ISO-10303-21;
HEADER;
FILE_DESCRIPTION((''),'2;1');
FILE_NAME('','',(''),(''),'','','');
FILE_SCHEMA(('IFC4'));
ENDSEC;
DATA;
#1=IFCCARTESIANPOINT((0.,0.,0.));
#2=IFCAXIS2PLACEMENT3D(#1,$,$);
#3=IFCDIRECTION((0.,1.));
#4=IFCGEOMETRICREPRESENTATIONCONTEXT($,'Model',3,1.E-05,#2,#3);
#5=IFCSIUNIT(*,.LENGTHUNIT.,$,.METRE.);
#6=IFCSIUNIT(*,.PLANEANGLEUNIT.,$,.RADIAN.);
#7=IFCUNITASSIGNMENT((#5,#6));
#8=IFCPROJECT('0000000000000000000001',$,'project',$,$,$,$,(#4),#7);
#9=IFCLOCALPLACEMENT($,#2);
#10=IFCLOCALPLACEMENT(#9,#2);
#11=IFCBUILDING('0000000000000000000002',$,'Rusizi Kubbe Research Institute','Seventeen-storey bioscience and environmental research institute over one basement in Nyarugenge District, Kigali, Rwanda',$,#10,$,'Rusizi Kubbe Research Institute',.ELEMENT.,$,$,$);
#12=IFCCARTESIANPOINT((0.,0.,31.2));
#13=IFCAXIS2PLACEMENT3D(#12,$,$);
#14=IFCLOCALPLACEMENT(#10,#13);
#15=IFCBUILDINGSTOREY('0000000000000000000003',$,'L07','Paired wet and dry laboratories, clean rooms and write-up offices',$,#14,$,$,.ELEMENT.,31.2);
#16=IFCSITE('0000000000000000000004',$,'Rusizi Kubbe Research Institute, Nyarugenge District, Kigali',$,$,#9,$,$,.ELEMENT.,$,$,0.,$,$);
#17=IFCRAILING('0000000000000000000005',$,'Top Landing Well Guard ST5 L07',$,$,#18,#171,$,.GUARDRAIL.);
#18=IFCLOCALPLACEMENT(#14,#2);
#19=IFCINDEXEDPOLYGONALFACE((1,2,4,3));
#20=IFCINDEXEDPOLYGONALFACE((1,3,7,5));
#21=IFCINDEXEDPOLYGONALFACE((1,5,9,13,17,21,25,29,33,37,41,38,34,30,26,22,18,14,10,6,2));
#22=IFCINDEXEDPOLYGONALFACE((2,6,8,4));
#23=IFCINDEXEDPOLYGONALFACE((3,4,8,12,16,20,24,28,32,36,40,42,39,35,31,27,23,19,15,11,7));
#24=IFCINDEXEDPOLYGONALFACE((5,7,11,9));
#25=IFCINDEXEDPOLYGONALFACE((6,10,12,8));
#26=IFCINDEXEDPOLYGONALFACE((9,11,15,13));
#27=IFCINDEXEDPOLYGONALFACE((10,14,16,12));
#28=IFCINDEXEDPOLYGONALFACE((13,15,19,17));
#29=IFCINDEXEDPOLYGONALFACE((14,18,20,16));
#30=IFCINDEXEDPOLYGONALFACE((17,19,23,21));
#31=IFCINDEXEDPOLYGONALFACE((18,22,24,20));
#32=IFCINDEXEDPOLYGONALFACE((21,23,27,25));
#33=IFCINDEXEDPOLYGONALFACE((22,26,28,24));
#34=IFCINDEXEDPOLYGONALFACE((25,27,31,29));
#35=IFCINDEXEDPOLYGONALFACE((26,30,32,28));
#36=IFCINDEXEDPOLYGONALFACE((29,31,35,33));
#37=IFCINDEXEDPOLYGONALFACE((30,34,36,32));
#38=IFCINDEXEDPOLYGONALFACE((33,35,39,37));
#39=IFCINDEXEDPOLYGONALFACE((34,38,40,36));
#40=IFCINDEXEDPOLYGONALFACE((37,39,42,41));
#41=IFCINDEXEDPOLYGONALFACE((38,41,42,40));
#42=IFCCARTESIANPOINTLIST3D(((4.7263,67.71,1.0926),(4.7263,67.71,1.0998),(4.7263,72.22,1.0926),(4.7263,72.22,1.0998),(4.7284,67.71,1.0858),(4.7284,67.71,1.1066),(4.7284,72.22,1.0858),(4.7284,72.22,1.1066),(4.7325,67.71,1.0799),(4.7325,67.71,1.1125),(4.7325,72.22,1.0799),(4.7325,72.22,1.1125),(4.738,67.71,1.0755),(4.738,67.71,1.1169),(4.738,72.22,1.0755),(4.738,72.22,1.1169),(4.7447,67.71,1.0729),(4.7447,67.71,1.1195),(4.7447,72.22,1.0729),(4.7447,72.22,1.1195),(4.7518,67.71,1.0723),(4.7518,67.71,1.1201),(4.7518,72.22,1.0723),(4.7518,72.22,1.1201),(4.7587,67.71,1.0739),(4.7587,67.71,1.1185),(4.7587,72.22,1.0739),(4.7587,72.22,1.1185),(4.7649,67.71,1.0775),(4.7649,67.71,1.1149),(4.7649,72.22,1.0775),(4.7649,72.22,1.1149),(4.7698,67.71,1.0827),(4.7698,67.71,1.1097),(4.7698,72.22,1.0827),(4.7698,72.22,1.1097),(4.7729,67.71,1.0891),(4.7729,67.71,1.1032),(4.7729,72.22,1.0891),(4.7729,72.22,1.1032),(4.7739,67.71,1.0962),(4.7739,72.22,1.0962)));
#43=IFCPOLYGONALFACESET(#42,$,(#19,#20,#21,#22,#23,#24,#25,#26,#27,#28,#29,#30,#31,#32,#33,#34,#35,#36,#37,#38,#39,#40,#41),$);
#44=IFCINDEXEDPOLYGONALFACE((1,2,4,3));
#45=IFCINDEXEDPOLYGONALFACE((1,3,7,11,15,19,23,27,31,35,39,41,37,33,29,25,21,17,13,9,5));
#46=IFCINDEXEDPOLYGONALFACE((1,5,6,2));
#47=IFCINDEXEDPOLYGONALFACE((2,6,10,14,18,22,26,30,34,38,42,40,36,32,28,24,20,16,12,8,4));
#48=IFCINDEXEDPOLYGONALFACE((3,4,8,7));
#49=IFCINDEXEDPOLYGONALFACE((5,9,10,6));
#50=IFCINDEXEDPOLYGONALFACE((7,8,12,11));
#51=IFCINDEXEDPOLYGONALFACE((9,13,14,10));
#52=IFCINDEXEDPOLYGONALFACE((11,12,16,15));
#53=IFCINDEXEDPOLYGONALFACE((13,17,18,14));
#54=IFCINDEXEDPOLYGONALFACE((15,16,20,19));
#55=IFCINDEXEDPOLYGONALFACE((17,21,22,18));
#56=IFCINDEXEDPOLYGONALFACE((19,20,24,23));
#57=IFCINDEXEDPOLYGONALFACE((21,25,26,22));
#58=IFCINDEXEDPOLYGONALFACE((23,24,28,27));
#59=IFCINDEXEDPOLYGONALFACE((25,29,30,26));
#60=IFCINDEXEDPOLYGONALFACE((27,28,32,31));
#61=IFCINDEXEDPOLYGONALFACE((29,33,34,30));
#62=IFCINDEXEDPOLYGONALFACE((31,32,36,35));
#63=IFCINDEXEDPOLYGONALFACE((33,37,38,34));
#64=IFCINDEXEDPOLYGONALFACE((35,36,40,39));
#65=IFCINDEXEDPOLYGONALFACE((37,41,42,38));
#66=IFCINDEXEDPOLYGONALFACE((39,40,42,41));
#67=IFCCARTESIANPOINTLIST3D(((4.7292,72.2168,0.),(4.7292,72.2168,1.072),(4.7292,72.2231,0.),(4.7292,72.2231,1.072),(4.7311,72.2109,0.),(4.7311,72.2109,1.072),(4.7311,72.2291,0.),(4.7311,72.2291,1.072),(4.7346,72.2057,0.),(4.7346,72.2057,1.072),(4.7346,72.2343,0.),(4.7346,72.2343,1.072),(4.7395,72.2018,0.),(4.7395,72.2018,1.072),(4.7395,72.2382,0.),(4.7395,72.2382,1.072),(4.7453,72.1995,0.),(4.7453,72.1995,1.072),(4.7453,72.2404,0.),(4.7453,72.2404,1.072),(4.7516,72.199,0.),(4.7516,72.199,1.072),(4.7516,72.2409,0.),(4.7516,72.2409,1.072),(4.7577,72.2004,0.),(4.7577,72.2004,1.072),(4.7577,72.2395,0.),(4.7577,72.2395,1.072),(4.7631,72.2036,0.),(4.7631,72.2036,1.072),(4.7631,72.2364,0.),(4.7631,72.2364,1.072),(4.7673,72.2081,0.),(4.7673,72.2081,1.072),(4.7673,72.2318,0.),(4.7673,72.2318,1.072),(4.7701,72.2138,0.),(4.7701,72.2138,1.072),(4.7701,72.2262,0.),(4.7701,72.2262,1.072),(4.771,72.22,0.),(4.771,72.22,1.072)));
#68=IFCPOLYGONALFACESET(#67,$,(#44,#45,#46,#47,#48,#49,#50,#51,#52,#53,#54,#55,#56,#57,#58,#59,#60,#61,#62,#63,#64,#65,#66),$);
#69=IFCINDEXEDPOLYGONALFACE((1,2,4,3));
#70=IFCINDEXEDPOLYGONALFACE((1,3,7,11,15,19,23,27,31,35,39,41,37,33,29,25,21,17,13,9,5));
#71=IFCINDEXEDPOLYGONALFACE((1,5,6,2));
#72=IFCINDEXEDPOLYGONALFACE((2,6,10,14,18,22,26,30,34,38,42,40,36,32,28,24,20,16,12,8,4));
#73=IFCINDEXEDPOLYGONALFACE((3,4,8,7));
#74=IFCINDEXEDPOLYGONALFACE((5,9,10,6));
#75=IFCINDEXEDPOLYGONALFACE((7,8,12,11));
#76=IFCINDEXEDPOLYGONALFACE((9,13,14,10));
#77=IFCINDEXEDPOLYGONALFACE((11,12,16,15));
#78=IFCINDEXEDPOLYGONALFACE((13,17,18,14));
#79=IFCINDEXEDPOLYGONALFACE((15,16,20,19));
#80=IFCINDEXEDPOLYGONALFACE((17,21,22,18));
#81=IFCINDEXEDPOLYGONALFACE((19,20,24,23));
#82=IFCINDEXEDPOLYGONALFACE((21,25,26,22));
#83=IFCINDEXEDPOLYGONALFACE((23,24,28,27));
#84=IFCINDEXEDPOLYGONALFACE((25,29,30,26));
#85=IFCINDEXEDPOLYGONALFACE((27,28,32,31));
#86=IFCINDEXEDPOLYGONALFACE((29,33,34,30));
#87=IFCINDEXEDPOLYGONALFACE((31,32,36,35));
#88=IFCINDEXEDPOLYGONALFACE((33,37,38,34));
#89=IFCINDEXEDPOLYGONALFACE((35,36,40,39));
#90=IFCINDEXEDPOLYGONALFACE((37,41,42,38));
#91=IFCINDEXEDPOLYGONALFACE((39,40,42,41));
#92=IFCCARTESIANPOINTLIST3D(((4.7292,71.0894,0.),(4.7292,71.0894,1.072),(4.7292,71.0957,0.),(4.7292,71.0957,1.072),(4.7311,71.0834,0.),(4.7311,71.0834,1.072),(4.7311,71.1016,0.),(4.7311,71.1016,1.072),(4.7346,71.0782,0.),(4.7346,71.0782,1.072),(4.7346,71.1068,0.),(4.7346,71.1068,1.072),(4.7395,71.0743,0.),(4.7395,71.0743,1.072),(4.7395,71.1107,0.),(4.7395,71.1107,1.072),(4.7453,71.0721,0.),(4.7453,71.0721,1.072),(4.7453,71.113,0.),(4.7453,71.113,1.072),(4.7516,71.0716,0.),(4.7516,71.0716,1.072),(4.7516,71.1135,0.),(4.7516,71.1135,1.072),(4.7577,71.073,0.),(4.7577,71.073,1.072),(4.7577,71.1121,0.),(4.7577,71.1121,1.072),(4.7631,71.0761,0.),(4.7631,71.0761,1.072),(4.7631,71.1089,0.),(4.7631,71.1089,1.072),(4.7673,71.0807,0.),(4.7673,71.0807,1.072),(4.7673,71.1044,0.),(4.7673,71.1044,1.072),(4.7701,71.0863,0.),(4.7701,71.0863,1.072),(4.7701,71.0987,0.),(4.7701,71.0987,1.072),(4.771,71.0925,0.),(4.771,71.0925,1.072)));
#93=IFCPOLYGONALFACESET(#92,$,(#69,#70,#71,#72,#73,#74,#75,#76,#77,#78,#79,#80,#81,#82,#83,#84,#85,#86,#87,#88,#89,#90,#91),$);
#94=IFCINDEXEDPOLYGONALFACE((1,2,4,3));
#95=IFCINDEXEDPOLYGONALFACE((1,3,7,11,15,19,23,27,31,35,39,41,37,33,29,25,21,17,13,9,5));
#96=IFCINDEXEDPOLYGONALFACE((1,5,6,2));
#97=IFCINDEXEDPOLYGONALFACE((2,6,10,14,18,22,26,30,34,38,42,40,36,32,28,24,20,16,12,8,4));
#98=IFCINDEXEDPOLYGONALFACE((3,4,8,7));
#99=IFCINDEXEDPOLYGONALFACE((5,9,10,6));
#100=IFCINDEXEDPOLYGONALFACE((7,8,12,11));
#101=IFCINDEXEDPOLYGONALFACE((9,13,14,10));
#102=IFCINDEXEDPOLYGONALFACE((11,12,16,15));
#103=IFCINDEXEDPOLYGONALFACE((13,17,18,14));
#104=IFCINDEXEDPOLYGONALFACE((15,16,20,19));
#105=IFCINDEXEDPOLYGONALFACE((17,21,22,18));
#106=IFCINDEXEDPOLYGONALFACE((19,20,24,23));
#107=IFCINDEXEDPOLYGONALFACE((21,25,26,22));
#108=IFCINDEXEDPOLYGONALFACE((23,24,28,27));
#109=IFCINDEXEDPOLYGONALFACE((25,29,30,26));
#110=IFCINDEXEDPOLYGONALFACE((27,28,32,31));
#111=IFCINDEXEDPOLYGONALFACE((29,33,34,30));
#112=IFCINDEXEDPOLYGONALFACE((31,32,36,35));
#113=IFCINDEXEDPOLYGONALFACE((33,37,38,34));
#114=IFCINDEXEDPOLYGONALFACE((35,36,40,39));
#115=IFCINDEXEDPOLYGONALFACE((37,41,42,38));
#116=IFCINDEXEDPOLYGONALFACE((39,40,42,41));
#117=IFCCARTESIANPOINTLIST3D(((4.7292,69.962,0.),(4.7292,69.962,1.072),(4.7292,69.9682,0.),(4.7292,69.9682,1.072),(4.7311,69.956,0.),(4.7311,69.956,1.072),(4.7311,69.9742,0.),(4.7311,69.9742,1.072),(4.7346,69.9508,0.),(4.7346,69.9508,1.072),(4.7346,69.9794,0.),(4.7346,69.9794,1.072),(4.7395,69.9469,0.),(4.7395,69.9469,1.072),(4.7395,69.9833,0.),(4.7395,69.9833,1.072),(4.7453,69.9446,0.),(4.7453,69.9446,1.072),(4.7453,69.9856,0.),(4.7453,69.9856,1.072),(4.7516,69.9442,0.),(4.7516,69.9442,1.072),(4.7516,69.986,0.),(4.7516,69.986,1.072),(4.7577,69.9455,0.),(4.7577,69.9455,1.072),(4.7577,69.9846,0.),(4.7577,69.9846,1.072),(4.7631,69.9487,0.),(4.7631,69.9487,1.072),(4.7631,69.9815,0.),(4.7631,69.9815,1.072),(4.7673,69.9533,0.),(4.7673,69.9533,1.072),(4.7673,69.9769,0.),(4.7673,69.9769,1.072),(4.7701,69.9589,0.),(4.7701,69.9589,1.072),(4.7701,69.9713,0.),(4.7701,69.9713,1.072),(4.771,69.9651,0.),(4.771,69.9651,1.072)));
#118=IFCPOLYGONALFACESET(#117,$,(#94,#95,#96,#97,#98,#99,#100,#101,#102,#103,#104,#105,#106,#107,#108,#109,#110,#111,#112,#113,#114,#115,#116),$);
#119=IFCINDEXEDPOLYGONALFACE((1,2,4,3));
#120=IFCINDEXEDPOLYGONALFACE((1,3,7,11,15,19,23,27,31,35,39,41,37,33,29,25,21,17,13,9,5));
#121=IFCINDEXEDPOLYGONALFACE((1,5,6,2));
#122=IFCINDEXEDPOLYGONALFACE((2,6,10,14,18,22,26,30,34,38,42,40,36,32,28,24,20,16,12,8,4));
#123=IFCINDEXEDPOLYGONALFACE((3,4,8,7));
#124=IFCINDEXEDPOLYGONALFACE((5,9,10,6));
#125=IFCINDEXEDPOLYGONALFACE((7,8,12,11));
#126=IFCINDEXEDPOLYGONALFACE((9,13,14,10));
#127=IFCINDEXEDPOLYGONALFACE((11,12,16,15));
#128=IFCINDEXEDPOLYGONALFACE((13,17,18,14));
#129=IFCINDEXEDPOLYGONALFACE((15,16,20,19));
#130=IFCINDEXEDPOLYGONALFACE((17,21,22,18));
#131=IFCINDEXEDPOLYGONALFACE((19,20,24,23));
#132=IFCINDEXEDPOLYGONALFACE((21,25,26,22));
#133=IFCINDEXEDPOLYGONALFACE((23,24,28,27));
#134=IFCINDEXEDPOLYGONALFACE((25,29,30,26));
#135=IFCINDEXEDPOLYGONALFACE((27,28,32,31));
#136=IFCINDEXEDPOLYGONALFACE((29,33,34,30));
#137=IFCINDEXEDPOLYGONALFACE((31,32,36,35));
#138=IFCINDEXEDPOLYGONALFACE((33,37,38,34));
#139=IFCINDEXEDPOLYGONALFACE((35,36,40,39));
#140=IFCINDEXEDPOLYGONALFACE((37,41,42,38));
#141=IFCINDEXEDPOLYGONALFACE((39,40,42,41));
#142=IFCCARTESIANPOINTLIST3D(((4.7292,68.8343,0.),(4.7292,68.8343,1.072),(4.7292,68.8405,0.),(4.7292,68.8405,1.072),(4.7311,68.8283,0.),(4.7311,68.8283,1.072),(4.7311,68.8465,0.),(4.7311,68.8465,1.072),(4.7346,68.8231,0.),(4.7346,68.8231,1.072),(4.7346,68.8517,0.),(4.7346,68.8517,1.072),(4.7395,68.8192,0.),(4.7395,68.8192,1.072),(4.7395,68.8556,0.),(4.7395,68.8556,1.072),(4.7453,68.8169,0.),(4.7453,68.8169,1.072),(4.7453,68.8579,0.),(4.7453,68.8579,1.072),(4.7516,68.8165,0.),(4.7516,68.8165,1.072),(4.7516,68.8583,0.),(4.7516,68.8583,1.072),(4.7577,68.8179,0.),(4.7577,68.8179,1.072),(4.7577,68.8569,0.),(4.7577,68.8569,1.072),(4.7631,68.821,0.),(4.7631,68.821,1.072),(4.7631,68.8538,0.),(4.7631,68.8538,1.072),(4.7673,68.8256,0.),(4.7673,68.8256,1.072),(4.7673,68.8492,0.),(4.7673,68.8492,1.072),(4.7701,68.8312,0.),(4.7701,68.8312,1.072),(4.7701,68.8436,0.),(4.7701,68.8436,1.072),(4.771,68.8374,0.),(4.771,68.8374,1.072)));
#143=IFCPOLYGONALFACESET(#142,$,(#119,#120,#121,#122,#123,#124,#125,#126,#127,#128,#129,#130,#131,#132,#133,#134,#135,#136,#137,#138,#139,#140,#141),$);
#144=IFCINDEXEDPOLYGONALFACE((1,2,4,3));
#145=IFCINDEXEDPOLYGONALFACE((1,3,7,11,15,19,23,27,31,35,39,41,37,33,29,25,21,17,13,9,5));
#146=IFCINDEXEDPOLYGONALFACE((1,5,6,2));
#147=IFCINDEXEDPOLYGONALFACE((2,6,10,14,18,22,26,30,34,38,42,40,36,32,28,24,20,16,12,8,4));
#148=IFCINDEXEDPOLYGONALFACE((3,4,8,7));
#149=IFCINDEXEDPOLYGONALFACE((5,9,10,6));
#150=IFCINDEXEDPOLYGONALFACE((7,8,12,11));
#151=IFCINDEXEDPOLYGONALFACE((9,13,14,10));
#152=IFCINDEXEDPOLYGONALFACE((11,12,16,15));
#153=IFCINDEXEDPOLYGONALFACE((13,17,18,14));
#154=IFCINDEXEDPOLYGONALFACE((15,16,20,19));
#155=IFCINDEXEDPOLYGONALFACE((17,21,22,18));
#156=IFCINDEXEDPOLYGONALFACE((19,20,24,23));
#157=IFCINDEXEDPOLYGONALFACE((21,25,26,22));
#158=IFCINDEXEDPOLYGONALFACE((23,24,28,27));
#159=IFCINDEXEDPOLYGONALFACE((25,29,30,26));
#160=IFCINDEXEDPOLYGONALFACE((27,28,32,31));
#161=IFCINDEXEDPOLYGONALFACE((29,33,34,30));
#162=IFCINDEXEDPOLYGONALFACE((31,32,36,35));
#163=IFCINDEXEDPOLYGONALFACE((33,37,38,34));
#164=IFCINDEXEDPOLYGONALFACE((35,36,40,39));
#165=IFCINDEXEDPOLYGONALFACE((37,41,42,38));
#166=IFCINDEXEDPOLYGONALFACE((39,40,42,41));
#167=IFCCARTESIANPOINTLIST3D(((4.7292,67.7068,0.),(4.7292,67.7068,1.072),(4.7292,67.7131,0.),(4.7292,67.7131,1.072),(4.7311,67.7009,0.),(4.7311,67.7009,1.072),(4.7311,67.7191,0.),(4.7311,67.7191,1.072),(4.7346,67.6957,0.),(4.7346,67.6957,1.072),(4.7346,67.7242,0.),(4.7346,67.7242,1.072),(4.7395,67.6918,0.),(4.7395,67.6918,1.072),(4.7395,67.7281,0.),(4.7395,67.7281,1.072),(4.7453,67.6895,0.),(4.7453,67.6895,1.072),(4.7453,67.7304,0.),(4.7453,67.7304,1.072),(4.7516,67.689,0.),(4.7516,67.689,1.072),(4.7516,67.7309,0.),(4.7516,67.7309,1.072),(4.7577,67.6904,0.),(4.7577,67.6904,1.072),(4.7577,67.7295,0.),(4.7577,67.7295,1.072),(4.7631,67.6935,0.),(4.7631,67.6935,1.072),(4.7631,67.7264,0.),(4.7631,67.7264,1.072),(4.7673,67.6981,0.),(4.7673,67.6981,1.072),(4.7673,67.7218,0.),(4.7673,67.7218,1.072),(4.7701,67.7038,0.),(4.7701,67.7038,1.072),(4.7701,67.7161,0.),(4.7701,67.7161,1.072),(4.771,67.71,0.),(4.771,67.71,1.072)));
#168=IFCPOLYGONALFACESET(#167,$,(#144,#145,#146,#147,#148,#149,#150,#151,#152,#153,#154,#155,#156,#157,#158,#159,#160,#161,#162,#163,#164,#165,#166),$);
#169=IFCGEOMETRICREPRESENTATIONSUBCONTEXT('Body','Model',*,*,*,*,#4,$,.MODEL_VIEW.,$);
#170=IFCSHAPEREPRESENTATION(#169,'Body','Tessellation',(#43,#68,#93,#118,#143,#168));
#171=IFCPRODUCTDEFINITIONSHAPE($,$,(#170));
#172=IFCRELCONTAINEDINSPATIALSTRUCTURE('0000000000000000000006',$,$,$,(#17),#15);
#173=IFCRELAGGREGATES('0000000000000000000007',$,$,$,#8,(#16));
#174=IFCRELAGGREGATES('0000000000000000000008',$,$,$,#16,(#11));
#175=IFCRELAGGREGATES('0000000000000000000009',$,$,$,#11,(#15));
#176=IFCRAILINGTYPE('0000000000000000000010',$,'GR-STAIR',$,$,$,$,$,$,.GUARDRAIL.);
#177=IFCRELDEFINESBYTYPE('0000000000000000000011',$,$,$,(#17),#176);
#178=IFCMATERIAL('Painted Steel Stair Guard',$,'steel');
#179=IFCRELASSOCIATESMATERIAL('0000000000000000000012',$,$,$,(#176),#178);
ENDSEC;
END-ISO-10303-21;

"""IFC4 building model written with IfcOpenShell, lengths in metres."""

from ifc_helpers import new_model, si_unit, direction, frame, origin, origin_2d, place, context, subcontext, project, spatial, circle, extrude, material, type_object, element, save


model = new_model("IFC4")

# Units and contexts
model_context = context("Model", 3, precision=1e-05, world=origin(), true_north=direction((0.0, 1.0)))
body_context = subcontext(model_context, "Body", "Model", "MODEL_VIEW")
ifc_project = project(units=[si_unit("LENGTHUNIT", "METRE"), si_unit("PLANEANGLEUNIT", "RADIAN")], contexts=[model_context])

# Site, building, storey
site_placement = place(None, origin())
site = spatial("IfcSite", under=ifc_project, at=site_placement, Name="Rusizi Kubbe Research Institute, Nyarugenge District, Kigali", CompositionType="ELEMENT", RefElevation=0.0)
building_placement = place(site_placement, origin())
building = spatial("IfcBuilding", under=site, at=building_placement, Name="Rusizi Kubbe Research Institute", Description="Seventeen-storey bioscience and environmental research institute over one basement in Nyarugenge District, Kigali, Rwanda", LongName="Rusizi Kubbe Research Institute", CompositionType="ELEMENT")
storey_placement = place(building_placement, frame((0.0, 0.0, 31.2)))
storey = spatial("IfcBuildingStorey", under=building, at=storey_placement, Name="L07", Description="Paired wet and dry laboratories, clean rooms and write-up offices", CompositionType="ELEMENT", Elevation=31.2)

# Railing
ifc_material_1 = material(Name="Painted Steel Stair Guard", Category="steel")
railing_type = type_object("IfcRailingType", Name="GR-STAIR", PredefinedType="GUARDRAIL", material=ifc_material_1)
railing_placement = place(storey_placement, frame((4.75, 72.22, 0.0)))
element("IfcRailing", 1, at=railing_placement, inside=storey, type_object=railing_type, Name="Top Landing Well Guard ST5 L07", PredefinedType="GUARDRAIL", context=body_context, shape_type="SweptSolid", body=[
    extrude(circle(Radius=0.0239, at=origin_2d()), frame((0.0, 0.0, 1.0962), z_axis=(0.0, -1.0, 0.0), x_axis=(1.0, 0.0, 0.0)), (0.0, 0.0, 1.0), 4.51),
    extrude(circle(Radius=0.021, at=origin_2d()), origin(), (0.0, 0.0, 1.0), 1.072),
    extrude(circle(Radius=0.021, at=origin_2d()), frame((0.0, -1.1274, 0.0)), (0.0, 0.0, 1.0), 1.072),
    extrude(circle(Radius=0.021, at=origin_2d()), frame((0.0, -2.2549, 0.0)), (0.0, 0.0, 1.0), 1.072),
    extrude(circle(Radius=0.021, at=origin_2d()), frame((0.0, -3.3826, 0.0)), (0.0, 0.0, 1.0), 1.072),
    extrude(circle(Radius=0.021, at=origin_2d()), frame((0.0, -4.51, 0.0)), (0.0, 0.0, 1.0), 1.072),
])

save(model, "model.ifc")
